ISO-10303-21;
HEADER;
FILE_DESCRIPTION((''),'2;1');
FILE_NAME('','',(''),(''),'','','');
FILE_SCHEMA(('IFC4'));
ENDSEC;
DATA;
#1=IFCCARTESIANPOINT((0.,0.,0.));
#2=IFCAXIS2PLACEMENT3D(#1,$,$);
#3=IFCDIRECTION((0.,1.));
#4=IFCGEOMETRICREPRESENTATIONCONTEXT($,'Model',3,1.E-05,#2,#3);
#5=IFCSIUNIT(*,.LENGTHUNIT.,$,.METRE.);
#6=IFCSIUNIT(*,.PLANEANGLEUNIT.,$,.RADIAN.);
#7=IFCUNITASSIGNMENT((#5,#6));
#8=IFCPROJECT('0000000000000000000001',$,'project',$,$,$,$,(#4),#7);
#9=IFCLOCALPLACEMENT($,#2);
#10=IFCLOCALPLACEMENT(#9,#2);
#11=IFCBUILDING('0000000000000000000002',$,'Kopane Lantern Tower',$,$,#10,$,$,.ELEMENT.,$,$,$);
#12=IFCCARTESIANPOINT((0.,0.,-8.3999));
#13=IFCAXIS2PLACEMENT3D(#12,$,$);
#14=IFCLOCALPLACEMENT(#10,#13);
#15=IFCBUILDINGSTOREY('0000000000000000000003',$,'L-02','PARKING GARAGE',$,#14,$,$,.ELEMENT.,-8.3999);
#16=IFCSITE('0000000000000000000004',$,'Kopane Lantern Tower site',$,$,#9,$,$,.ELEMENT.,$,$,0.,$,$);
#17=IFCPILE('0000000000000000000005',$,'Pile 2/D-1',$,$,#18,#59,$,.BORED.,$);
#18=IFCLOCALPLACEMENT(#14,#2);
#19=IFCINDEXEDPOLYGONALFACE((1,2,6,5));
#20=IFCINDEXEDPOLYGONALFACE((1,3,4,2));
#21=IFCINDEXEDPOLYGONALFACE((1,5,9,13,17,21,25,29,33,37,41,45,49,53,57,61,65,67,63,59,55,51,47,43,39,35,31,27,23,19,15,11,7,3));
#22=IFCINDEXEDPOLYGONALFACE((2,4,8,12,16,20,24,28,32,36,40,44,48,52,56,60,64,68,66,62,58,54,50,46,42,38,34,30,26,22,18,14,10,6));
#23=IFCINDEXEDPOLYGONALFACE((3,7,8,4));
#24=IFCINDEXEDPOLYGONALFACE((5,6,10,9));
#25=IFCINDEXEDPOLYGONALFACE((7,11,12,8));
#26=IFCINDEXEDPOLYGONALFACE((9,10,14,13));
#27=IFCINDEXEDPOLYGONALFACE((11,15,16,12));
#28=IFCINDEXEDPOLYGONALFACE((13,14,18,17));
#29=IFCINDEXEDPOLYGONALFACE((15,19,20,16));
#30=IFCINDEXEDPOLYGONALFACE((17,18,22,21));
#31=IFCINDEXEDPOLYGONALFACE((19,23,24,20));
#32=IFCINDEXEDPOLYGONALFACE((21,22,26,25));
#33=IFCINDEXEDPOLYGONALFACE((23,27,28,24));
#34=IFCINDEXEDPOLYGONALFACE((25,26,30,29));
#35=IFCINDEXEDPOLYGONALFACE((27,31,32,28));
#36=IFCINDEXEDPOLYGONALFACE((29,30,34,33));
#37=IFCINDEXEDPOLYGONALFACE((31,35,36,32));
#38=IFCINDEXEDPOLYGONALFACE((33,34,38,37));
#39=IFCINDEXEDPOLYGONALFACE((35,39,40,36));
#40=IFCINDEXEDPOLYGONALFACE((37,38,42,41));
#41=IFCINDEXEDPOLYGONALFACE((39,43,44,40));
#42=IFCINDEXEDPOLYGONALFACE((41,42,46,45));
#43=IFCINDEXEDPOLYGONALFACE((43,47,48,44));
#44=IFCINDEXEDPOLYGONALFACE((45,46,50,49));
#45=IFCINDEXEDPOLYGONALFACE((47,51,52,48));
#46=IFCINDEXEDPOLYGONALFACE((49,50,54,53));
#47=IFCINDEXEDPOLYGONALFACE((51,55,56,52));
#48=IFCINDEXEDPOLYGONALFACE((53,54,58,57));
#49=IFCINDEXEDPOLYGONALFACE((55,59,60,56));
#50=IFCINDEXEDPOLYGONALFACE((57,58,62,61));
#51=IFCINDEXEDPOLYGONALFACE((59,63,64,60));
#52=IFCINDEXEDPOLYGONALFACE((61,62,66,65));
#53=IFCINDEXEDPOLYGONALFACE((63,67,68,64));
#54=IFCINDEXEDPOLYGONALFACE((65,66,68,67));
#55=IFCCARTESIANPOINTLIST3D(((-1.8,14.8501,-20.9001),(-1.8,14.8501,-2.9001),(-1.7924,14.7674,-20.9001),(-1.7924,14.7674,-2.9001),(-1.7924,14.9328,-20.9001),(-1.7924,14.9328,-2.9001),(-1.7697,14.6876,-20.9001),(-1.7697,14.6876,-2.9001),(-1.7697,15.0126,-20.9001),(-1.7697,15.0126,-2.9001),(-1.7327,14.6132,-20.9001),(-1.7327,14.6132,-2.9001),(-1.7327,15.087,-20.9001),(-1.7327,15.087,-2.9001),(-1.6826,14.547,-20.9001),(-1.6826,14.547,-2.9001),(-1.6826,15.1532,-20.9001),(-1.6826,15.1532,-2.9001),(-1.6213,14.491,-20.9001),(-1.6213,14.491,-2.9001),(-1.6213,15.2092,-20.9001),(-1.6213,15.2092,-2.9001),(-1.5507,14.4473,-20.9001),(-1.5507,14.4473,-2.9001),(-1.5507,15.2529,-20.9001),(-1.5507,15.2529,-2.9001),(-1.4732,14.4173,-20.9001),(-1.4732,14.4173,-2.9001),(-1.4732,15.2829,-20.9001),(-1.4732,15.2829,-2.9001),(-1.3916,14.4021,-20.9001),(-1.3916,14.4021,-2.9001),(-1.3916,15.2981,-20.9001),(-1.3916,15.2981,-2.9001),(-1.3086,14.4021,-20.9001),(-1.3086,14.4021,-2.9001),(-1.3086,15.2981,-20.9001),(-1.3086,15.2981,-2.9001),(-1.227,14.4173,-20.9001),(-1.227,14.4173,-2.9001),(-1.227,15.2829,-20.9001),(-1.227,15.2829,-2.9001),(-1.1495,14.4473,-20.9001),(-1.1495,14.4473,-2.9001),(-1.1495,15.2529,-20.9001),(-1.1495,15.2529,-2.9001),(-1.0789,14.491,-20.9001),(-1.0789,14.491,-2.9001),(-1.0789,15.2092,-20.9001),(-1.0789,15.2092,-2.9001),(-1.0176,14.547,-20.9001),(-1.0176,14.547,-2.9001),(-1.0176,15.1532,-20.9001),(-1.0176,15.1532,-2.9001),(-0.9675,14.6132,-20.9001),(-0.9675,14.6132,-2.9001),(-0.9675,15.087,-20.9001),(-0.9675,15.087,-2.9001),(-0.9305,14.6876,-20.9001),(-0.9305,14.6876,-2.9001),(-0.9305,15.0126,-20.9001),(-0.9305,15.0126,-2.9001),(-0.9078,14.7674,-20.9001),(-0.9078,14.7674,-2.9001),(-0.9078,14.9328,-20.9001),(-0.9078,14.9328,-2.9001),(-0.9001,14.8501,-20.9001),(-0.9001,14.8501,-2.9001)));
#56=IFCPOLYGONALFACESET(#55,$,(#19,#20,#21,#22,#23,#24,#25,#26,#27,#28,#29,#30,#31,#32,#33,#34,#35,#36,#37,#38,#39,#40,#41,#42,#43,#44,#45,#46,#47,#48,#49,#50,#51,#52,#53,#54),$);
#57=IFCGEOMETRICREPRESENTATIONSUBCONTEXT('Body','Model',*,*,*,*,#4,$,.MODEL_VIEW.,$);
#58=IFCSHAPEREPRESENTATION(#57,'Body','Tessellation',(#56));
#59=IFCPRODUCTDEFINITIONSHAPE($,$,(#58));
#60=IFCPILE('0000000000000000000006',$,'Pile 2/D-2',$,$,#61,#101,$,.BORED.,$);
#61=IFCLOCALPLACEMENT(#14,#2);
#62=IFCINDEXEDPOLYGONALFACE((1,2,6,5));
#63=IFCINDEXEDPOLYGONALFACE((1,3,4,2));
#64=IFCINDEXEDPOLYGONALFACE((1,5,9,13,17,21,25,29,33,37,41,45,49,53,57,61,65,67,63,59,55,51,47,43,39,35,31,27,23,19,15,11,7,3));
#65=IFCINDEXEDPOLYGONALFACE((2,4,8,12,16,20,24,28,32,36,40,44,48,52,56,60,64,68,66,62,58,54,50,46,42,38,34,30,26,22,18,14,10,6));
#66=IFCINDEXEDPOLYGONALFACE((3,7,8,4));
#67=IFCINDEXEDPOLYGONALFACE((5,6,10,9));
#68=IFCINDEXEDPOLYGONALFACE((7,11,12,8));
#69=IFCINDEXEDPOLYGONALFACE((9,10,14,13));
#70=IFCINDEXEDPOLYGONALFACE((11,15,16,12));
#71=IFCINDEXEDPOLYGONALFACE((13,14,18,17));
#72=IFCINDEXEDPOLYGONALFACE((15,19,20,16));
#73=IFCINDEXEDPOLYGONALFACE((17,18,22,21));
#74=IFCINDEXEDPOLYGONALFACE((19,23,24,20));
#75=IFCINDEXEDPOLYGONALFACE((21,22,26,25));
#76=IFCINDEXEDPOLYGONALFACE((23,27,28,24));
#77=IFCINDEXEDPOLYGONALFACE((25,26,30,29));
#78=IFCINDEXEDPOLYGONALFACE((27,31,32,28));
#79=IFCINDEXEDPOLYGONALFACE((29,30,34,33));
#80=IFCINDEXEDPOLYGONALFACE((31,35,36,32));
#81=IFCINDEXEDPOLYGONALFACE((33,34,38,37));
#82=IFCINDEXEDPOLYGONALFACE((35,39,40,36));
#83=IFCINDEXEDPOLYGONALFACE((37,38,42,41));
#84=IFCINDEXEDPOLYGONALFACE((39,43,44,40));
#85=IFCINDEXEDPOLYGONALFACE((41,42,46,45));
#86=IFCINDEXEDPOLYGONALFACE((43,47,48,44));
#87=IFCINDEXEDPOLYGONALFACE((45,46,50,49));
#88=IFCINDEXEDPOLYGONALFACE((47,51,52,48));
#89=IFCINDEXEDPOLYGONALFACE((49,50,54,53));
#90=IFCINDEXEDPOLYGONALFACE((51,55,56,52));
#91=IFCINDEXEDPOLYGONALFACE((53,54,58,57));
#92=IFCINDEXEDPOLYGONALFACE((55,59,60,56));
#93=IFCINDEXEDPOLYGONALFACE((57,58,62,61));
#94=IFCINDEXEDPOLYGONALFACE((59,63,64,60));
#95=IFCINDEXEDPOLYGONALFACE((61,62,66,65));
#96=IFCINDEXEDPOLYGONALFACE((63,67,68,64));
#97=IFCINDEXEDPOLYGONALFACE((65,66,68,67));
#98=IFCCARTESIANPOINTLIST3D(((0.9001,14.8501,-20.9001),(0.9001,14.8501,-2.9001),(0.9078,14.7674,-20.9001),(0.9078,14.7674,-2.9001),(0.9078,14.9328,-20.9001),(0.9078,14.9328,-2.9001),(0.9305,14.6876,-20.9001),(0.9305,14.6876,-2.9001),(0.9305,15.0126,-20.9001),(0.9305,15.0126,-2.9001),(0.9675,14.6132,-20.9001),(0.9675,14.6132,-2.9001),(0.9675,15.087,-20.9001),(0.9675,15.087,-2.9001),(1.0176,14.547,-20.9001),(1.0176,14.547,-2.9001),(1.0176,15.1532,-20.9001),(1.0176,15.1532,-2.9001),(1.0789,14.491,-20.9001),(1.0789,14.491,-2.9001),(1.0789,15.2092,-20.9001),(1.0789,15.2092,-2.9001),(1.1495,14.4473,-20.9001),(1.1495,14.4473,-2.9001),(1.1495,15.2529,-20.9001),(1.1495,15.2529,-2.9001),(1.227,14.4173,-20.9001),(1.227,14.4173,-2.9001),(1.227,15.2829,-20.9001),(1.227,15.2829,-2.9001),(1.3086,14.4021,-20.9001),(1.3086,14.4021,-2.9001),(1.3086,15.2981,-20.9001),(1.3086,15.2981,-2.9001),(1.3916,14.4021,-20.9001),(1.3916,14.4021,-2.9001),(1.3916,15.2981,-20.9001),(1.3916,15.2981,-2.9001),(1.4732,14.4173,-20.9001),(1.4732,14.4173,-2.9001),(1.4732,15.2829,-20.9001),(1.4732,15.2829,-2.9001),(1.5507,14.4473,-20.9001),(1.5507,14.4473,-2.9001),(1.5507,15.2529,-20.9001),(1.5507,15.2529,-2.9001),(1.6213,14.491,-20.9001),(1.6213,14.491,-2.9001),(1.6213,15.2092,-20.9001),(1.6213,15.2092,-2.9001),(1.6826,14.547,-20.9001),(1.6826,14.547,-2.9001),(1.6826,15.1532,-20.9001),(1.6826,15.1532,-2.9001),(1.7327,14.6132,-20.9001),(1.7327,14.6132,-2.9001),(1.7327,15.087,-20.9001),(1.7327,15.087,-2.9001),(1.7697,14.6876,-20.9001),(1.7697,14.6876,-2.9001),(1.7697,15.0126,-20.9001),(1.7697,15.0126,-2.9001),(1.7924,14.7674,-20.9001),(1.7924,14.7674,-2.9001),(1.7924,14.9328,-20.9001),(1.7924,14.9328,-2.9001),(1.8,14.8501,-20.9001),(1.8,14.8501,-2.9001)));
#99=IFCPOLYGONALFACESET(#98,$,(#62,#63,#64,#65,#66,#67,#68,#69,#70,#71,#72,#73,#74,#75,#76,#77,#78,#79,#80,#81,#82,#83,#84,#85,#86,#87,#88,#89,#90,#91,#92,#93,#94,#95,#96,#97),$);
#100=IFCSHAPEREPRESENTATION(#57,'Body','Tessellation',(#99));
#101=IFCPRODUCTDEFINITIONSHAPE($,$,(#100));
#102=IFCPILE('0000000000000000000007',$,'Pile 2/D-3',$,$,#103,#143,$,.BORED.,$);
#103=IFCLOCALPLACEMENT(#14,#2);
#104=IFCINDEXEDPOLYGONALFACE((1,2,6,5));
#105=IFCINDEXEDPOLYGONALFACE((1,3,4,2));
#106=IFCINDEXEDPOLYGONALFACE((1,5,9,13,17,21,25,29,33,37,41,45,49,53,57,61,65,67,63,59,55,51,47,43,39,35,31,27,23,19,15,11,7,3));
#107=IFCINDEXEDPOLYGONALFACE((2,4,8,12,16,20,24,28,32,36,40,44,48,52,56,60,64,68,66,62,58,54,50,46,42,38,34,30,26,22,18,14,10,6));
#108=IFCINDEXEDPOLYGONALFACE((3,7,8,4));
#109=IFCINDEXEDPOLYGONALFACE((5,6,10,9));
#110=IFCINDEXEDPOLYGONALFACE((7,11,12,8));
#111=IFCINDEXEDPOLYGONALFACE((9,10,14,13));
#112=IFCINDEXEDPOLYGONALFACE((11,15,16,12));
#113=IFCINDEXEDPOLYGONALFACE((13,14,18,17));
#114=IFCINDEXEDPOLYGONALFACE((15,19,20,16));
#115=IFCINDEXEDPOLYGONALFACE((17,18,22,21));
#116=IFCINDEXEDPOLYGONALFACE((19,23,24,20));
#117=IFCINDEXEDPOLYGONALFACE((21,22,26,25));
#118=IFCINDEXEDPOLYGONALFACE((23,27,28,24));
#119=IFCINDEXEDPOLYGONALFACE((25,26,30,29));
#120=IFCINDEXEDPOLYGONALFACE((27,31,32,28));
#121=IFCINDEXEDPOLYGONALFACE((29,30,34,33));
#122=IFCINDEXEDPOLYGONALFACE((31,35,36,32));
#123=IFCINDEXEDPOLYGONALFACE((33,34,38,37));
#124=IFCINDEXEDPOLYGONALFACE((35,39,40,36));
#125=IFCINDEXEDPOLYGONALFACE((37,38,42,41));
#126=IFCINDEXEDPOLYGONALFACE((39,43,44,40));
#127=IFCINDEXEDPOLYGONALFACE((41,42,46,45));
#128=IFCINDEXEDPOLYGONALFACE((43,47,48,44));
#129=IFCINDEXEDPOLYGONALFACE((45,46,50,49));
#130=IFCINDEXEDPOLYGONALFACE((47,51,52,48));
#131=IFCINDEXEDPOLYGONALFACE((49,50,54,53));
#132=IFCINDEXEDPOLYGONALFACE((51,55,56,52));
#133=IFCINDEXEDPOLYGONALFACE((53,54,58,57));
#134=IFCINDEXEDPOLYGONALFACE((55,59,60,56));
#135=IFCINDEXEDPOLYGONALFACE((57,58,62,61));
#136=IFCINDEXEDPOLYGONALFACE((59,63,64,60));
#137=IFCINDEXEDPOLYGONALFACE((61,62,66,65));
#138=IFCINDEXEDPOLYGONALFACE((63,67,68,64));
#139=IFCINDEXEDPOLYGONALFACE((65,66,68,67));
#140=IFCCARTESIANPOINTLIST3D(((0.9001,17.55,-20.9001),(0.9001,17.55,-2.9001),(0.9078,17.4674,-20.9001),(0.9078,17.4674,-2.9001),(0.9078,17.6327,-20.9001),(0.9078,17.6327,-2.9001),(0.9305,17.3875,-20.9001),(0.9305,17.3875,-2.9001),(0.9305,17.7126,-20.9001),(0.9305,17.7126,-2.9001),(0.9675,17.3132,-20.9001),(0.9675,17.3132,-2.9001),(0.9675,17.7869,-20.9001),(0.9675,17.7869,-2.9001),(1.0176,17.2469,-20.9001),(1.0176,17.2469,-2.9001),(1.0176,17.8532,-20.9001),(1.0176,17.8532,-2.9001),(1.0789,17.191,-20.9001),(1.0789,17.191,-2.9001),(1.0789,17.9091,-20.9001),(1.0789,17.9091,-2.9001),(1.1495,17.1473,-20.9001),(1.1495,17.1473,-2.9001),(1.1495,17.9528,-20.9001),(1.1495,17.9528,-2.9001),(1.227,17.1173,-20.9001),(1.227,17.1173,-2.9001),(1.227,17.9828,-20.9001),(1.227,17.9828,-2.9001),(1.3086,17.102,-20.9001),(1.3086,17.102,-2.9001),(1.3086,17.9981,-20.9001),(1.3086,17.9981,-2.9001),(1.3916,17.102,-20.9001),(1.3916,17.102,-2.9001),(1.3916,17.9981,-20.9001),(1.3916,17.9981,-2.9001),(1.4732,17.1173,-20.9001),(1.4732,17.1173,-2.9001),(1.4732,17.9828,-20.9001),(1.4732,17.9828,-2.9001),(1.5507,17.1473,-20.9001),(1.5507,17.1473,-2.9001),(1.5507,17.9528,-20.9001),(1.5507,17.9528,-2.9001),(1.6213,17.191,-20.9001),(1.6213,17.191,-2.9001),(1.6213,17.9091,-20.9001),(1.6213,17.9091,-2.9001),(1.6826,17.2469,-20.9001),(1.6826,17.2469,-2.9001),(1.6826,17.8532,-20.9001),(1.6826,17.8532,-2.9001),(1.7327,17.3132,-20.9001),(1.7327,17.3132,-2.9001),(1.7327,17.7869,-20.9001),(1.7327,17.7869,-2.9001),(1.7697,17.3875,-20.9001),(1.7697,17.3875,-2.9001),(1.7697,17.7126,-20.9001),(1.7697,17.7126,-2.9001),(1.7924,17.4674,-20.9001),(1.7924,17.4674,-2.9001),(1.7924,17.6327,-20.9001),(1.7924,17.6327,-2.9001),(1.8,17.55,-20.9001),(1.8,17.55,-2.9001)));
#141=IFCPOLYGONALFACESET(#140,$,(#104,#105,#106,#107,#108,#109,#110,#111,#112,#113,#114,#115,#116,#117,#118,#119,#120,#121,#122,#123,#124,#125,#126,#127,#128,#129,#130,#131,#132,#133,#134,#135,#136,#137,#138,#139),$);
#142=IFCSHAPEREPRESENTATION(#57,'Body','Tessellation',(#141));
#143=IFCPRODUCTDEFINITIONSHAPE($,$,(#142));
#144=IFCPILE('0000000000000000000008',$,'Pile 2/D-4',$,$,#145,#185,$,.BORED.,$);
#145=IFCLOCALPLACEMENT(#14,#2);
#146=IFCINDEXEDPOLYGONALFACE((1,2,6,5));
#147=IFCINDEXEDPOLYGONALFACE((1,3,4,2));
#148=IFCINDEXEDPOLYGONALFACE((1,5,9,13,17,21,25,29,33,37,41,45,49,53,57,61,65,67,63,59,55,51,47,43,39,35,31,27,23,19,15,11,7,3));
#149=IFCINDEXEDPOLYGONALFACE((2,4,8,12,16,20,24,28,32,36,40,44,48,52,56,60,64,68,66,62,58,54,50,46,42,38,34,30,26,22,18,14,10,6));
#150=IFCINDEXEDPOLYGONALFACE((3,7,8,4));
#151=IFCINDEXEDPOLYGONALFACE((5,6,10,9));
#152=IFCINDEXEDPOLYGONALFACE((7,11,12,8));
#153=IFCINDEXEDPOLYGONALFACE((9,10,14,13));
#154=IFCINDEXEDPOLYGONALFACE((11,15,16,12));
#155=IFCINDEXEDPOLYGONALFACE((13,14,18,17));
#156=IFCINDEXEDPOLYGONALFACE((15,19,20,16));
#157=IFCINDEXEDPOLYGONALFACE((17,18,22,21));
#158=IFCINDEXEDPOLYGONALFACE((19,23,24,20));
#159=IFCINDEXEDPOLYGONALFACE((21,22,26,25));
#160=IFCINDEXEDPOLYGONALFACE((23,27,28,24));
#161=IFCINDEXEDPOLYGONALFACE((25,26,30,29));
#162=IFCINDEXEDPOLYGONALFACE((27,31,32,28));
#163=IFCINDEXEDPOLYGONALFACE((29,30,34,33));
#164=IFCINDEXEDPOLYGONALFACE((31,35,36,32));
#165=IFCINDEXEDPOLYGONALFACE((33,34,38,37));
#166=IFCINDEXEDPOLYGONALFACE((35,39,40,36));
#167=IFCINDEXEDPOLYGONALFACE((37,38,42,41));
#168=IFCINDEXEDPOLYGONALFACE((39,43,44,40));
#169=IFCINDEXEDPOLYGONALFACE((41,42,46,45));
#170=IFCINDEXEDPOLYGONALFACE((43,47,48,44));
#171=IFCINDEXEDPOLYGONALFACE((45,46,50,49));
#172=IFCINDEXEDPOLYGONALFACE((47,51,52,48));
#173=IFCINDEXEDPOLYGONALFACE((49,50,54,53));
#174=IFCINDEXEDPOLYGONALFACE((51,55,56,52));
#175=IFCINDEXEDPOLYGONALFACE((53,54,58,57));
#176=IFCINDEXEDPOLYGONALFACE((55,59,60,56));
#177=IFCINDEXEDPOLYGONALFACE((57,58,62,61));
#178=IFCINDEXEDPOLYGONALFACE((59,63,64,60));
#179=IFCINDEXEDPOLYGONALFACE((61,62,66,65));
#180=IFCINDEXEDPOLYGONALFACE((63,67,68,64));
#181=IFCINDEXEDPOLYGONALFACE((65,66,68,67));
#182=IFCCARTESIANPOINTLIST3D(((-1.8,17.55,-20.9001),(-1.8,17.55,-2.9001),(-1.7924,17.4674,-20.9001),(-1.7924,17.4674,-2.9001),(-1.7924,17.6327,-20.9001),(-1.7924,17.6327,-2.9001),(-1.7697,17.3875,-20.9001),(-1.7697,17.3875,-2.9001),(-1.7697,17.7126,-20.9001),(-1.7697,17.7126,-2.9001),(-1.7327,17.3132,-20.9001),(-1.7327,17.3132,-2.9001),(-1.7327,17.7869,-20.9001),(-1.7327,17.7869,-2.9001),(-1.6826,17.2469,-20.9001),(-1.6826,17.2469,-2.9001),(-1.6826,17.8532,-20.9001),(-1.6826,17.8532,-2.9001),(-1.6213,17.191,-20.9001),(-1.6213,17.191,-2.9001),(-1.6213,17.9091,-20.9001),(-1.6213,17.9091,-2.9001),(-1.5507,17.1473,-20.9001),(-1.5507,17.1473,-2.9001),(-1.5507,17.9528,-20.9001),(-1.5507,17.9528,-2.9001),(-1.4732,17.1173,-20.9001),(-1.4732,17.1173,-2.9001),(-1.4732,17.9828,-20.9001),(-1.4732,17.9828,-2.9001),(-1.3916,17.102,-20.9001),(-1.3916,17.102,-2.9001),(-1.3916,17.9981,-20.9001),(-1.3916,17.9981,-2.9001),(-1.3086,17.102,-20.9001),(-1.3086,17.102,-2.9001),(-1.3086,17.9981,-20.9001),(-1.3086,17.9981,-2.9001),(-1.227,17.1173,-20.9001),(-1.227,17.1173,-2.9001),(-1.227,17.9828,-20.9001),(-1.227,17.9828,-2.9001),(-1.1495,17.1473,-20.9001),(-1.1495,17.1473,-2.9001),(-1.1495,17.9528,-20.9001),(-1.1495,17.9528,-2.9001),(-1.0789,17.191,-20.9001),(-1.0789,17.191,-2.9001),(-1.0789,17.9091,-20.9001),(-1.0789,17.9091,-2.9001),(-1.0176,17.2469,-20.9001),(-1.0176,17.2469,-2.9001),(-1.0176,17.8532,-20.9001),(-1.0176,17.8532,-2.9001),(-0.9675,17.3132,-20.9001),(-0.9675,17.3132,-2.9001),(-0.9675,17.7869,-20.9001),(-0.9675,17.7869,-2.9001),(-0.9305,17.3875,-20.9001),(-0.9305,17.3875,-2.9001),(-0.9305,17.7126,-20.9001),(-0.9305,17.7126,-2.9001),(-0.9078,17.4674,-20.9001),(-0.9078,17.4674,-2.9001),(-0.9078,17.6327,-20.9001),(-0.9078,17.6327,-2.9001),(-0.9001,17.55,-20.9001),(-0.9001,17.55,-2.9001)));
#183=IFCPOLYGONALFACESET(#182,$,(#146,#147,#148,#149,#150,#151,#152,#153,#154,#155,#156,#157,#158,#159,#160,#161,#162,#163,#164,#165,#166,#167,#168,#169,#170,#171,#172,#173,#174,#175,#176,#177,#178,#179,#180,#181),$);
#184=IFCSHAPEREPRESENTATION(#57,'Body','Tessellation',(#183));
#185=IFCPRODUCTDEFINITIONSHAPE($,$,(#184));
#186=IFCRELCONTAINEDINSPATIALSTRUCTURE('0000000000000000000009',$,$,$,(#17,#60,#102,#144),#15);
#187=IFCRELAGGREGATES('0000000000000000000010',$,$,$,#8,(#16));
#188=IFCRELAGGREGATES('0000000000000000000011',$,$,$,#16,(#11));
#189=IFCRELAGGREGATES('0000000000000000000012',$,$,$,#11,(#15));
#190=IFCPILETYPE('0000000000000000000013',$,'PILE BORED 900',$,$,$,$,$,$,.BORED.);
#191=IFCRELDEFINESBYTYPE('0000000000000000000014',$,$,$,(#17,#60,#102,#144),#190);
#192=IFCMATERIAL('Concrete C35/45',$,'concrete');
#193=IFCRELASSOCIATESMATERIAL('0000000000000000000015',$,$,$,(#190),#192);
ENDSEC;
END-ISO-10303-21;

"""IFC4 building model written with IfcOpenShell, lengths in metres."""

from ifc_helpers import new_model, si_unit, direction, frame, origin, origin_2d, place, context, subcontext, project, spatial, circle, extrude, material, material_profile, profile_set, type_object, element, save


model = new_model("IFC4")

# Units and contexts
model_context = context("Model", 3, precision=1e-05, world=origin(), true_north=direction((0.0, 1.0)))
body_context = subcontext(model_context, "Body", "Model", "MODEL_VIEW")
ifc_project = project(units=[si_unit("LENGTHUNIT", "METRE"), si_unit("PLANEANGLEUNIT", "RADIAN")], contexts=[model_context])

# Site, building, storey
site_placement = place(None, origin())
site = spatial("IfcSite", under=ifc_project, at=site_placement, Name="Kopane Lantern Tower site", CompositionType="ELEMENT", RefElevation=0.0)
building_placement = place(site_placement, origin())
building = spatial("IfcBuilding", under=site, at=building_placement, Name="Kopane Lantern Tower", CompositionType="ELEMENT")
storey_placement = place(building_placement, frame((0.0, 0.0, -8.3999)))
storey = spatial("IfcBuildingStorey", under=building, at=storey_placement, Name="L-02", Description="PARKING GARAGE", CompositionType="ELEMENT", Elevation=-8.3999)

# Piles
ifc_material_1 = material(Name="Concrete C35/45", Category="concrete")
ifc_material_profile_1 = material_profile(ifc_material_1, circle(Radius=0.45, at=origin_2d()), Name="D900")
ifc_profile_set_1 = profile_set([ifc_material_profile_1], Name="Concrete C35/45")
pile_type = type_object("IfcPileType", Name="PILE BORED 900", PredefinedType="BORED", material=ifc_profile_set_1)
for number, where, z_axis, x_axis, name in (
    (1, (-1.3501, 14.8501, -2.9001), (0.0, 0.0, -1.0), (1.0, 0.0, 0.0), "Pile 2/D-1"),
    (2, (1.3501, 14.8501, -2.9001), (0.0, 0.0, -1.0), (1.0, 0.0, 0.0), "Pile 2/D-2"),
    (3, (1.3501, 17.55, -2.9001), (0.0, 0.0, -1.0), (1.0, 0.0, 0.0), "Pile 2/D-3"),
    (4, (-1.3501, 17.55, -2.9001), (0.0, 0.0, -1.0), (1.0, 0.0, 0.0), "Pile 2/D-4"),
):
    element("IfcPile", number, at=place(storey_placement, frame(where, z_axis=z_axis, x_axis=x_axis)), inside=storey, type_object=pile_type, Name=name, PredefinedType="BORED", context=body_context, shape_type="SweptSolid", body=[
        extrude(circle(Radius=0.45, at=origin_2d()), origin(), (0.0, 0.0, 1.0), 18.0),
    ])

save(model, "model.ifc")
